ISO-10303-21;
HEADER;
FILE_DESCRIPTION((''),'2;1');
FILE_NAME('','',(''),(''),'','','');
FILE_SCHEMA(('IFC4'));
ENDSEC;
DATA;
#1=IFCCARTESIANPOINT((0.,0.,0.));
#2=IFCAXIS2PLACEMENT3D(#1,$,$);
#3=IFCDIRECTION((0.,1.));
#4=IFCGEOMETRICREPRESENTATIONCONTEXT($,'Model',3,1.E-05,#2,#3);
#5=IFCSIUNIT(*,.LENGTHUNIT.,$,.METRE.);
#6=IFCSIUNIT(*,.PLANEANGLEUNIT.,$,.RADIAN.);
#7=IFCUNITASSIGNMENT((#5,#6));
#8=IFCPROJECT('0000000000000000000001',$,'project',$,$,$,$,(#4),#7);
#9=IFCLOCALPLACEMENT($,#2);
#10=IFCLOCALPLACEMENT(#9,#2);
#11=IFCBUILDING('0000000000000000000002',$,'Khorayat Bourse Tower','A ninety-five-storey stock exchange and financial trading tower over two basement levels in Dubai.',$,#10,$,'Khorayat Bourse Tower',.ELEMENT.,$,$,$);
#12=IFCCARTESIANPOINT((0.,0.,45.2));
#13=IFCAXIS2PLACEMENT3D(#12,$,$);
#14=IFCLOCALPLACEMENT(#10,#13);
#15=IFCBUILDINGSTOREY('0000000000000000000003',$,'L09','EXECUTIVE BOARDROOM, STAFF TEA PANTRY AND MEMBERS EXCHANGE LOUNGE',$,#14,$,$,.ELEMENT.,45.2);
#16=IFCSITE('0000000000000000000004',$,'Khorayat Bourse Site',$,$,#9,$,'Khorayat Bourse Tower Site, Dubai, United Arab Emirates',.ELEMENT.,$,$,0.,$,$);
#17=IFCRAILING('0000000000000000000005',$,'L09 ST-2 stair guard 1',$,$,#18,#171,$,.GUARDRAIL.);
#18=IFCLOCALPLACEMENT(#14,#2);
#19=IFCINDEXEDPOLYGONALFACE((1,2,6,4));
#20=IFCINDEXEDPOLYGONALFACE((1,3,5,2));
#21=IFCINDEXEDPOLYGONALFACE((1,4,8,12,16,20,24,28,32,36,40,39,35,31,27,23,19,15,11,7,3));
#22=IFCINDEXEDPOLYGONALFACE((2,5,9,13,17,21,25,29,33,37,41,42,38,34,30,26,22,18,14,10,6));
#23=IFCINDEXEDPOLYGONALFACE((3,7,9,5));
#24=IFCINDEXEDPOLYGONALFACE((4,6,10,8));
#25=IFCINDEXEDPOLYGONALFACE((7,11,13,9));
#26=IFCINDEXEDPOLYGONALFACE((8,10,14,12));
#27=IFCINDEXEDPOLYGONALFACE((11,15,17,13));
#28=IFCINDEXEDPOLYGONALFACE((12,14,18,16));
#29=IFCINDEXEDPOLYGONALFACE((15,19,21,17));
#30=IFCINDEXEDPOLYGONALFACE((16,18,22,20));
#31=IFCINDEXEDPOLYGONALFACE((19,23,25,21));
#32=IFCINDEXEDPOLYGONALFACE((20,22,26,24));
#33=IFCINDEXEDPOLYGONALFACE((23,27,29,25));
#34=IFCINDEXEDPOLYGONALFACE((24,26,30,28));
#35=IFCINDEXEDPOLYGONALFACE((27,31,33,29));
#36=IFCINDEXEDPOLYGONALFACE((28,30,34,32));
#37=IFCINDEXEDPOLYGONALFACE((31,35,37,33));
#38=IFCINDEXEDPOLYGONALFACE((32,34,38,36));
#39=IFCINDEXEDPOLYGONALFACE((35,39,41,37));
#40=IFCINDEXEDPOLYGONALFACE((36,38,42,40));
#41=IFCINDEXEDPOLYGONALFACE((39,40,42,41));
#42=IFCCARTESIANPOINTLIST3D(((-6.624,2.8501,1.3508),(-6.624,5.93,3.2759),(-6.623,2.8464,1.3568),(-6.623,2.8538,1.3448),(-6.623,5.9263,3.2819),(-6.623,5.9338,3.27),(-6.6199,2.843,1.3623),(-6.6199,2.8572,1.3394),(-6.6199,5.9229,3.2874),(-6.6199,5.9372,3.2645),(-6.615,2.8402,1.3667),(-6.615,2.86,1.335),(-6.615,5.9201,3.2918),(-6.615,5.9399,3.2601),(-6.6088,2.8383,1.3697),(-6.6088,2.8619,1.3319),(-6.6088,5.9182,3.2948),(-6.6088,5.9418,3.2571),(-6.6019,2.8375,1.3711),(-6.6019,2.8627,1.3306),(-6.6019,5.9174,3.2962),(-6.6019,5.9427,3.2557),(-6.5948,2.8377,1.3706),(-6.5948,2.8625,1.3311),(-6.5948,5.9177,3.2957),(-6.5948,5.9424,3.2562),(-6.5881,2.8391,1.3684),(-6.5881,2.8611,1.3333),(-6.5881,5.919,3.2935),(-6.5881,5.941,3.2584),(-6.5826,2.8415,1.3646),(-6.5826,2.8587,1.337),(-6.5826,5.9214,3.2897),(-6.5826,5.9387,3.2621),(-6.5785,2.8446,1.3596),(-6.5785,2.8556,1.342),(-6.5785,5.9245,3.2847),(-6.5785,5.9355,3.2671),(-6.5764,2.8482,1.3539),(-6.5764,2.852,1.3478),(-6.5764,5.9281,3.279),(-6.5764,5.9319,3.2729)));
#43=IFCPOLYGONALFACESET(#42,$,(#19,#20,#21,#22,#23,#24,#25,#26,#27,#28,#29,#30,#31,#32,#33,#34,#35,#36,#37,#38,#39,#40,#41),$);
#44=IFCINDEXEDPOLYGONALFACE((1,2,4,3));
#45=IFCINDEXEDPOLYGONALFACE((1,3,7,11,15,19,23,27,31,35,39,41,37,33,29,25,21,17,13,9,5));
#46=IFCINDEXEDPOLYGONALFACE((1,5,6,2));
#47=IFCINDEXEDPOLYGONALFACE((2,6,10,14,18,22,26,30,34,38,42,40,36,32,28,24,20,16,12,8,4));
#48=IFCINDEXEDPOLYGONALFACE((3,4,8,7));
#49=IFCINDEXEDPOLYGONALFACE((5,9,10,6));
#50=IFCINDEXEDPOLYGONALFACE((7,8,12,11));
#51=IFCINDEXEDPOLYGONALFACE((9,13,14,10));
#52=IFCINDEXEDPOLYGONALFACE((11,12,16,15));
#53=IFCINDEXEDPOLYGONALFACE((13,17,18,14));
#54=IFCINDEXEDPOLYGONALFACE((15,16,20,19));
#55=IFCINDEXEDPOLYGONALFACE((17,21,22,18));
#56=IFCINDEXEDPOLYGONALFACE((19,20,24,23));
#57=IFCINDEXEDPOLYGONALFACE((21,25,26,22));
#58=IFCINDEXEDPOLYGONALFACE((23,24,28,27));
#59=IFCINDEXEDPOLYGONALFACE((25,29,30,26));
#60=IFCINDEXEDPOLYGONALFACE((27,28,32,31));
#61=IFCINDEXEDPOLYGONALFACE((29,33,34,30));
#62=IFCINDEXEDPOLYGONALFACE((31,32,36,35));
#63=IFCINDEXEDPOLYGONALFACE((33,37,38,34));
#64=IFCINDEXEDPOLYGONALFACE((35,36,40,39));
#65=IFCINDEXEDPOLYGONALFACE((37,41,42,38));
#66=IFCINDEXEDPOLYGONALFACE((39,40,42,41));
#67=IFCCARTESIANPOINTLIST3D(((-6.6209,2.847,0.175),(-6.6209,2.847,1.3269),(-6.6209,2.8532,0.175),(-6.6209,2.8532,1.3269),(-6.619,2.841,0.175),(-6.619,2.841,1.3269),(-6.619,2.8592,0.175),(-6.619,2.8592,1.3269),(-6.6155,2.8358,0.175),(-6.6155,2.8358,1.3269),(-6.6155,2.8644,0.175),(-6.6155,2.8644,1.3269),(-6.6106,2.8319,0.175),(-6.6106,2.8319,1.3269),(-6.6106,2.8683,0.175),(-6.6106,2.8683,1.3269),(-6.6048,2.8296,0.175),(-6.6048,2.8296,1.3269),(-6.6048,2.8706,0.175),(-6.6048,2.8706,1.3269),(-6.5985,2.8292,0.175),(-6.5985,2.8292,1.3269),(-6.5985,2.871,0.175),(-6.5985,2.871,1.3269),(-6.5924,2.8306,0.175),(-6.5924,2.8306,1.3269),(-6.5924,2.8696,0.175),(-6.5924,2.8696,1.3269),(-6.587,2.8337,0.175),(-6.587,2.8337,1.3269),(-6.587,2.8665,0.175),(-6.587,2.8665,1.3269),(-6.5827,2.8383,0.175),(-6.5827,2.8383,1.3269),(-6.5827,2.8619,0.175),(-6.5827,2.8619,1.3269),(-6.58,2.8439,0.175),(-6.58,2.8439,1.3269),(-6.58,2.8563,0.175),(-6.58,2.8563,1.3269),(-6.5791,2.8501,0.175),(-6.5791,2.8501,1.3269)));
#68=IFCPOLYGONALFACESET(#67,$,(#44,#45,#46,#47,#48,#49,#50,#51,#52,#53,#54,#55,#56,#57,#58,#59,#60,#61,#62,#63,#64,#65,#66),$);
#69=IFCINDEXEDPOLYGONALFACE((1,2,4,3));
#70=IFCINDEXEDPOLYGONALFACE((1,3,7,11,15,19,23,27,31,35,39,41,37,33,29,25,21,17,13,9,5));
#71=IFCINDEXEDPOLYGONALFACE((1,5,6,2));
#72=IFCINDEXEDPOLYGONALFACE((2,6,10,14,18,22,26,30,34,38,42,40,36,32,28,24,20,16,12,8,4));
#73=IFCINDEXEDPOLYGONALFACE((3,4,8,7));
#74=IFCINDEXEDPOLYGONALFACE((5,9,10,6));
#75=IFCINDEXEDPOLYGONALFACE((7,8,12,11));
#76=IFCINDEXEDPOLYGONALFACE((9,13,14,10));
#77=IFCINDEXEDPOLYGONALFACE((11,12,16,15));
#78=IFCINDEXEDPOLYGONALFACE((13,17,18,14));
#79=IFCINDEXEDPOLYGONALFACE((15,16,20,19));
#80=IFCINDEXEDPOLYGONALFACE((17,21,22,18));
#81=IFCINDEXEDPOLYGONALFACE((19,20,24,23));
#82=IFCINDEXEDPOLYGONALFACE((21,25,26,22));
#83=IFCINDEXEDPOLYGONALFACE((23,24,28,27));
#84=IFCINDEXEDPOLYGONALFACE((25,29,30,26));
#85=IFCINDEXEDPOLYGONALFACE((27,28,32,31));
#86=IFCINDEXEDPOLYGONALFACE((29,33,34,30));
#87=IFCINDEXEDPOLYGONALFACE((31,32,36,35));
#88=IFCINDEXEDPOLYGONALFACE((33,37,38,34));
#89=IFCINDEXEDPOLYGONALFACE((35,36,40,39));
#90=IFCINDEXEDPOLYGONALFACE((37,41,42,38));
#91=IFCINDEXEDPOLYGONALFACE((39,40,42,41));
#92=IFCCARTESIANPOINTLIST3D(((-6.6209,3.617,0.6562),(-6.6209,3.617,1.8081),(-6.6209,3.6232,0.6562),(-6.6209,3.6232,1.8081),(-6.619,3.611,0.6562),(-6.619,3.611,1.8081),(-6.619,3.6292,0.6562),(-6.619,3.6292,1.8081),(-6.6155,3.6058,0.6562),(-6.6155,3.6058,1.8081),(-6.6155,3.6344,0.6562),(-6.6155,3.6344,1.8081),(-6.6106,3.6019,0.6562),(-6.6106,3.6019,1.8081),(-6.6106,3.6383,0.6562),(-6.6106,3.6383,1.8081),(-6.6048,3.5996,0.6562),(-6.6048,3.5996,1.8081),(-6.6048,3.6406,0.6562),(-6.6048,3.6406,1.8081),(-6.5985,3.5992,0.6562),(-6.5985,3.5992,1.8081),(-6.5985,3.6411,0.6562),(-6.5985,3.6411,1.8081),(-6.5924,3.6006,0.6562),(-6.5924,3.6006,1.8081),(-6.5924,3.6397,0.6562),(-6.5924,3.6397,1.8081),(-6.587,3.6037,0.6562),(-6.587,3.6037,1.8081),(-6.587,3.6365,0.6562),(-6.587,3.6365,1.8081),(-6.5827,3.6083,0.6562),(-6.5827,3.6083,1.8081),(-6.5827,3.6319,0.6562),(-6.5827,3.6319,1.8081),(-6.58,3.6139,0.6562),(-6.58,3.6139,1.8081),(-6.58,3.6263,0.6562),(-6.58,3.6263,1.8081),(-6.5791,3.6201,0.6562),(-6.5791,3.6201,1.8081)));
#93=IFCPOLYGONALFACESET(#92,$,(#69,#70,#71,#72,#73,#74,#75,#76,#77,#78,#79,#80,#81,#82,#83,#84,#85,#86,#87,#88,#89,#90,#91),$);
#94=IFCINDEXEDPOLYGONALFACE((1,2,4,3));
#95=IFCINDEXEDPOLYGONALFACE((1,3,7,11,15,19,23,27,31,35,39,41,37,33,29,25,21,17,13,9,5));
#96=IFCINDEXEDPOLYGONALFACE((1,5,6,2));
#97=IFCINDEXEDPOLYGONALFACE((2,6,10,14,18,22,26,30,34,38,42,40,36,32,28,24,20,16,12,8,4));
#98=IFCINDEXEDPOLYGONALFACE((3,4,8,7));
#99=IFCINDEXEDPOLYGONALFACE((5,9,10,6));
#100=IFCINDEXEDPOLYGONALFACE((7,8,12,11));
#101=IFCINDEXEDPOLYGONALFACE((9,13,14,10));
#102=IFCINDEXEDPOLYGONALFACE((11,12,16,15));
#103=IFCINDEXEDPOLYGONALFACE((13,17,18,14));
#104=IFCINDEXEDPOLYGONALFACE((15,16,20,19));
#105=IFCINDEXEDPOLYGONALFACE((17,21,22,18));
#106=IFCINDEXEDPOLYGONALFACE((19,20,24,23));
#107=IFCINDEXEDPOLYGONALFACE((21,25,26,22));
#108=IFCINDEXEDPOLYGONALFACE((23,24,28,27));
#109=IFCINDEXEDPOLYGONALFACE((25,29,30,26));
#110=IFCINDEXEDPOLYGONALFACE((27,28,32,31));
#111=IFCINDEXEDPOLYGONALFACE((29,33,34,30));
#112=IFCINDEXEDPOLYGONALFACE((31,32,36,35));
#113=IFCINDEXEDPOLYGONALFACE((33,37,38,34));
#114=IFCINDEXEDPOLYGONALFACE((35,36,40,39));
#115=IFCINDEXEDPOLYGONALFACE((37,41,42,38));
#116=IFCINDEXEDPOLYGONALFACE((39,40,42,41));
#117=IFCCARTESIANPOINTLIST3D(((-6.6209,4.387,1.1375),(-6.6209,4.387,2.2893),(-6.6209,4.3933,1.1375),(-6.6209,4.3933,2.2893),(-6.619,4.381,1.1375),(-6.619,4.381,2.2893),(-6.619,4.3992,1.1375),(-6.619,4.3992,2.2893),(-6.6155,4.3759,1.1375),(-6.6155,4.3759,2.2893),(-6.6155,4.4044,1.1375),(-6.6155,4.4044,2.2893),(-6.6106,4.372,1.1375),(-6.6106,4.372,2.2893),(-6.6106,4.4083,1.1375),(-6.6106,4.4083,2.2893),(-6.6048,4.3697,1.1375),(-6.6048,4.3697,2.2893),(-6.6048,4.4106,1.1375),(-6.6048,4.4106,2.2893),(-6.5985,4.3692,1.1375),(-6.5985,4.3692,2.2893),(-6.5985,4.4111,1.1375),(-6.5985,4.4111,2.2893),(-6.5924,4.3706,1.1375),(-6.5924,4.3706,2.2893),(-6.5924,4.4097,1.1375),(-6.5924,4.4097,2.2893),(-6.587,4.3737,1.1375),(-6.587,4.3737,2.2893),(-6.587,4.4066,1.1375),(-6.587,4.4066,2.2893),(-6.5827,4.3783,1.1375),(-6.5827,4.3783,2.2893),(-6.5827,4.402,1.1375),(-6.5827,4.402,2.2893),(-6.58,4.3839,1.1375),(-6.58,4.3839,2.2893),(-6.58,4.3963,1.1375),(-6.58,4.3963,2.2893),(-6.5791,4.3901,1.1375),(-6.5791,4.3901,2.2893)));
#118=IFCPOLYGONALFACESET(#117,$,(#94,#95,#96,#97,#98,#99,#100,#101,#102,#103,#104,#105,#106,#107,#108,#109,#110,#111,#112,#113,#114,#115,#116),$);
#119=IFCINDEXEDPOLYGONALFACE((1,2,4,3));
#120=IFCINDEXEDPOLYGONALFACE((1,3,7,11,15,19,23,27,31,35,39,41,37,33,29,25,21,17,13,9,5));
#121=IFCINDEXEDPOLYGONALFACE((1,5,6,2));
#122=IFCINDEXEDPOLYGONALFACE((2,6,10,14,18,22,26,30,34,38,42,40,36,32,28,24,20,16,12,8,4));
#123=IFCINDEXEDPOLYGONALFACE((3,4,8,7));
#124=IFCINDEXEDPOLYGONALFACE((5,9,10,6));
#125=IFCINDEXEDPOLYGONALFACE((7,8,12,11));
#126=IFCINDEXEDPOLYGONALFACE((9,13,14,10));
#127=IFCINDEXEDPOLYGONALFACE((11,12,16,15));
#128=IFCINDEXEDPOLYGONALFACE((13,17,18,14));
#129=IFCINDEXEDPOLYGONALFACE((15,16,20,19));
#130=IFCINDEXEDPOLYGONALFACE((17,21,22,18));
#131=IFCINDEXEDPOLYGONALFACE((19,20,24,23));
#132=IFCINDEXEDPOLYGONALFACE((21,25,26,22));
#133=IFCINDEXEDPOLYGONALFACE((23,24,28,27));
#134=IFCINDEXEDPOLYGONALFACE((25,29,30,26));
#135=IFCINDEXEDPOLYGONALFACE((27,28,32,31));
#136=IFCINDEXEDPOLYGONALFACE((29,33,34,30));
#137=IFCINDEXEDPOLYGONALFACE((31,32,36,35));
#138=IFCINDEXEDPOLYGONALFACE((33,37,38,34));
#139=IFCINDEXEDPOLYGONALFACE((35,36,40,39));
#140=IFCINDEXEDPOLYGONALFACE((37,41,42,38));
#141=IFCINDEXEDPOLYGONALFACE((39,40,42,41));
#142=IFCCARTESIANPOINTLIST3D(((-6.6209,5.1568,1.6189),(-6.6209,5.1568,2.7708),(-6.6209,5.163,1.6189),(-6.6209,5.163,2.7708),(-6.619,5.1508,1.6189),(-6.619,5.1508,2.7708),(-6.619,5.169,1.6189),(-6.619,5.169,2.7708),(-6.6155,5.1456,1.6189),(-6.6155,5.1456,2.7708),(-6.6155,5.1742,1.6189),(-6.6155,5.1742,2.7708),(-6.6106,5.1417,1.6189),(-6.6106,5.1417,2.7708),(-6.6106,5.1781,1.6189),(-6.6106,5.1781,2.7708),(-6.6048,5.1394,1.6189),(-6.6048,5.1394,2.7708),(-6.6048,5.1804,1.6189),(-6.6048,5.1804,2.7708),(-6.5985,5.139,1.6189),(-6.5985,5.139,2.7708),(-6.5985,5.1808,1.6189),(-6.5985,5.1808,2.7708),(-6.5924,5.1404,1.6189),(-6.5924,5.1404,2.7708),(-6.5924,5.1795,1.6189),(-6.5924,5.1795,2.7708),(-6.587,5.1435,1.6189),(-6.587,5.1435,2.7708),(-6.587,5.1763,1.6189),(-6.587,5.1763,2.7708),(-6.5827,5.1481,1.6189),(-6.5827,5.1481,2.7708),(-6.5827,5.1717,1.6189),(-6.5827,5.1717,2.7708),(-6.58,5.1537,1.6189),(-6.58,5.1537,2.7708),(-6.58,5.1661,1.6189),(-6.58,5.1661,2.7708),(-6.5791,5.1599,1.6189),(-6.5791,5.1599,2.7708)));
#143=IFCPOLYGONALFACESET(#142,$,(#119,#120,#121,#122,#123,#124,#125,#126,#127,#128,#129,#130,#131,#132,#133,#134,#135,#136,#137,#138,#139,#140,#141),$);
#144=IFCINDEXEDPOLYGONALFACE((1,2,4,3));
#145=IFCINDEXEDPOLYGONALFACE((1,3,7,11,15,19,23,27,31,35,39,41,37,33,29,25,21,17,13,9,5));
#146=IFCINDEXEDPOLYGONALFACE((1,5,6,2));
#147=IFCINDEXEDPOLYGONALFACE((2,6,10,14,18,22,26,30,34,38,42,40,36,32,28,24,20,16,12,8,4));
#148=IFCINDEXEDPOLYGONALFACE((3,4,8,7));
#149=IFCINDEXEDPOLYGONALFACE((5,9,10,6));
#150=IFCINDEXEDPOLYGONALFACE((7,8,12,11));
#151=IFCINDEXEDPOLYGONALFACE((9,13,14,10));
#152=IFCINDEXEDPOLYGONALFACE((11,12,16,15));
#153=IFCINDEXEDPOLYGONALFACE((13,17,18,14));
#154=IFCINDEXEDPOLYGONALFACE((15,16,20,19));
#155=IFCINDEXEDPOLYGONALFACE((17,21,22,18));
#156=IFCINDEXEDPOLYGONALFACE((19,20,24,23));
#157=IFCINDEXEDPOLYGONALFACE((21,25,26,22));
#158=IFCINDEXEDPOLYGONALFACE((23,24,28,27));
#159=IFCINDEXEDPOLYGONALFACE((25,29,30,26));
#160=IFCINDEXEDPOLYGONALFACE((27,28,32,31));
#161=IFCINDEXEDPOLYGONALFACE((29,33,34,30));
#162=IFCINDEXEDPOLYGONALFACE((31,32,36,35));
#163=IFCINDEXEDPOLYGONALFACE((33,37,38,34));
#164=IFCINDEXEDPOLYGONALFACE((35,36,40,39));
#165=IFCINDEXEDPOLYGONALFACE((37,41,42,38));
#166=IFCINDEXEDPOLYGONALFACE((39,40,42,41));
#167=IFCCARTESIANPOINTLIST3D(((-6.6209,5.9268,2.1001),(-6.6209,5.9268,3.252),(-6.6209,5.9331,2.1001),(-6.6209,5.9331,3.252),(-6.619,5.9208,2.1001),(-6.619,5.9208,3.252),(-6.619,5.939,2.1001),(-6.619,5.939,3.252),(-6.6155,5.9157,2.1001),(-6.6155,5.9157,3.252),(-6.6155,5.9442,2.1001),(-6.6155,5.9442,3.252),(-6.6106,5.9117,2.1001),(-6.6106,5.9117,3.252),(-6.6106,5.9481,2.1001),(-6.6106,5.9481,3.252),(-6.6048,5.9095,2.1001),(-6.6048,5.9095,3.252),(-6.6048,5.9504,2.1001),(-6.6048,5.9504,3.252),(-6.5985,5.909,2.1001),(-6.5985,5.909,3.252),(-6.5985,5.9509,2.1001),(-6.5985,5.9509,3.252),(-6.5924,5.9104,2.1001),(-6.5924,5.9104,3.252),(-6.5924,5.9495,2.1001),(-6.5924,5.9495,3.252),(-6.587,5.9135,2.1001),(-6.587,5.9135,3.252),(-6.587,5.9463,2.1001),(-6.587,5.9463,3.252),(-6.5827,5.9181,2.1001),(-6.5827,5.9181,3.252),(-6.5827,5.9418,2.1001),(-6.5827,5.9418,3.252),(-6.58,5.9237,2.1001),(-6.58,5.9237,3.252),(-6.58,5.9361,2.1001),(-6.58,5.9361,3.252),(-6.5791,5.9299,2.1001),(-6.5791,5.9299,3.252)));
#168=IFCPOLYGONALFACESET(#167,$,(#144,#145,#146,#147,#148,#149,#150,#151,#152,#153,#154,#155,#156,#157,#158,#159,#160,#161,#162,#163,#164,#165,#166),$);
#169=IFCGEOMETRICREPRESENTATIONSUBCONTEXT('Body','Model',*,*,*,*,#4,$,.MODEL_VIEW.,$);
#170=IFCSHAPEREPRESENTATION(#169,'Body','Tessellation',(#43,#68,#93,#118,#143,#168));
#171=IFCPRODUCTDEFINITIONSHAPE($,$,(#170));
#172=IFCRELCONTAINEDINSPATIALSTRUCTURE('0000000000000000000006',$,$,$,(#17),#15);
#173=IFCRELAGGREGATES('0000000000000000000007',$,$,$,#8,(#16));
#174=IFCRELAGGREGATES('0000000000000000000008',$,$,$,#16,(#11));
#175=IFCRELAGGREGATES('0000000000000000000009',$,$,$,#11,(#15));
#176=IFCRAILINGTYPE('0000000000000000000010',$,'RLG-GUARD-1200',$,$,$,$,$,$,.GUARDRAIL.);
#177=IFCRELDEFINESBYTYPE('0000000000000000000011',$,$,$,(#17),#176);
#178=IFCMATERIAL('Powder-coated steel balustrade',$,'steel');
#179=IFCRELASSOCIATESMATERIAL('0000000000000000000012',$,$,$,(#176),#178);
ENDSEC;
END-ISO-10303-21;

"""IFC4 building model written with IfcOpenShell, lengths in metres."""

from ifc_helpers import new_model, si_unit, direction, frame, origin, origin_2d, place, context, subcontext, project, spatial, circle, extrude, source, transform, mapped, material, type_object, element, save


model = new_model("IFC4")

# Units and contexts
model_context = context("Model", 3, precision=1e-05, world=origin(), true_north=direction((0.0, 1.0)))
body_context = subcontext(model_context, "Body", "Model", "MODEL_VIEW")
ifc_project = project(units=[si_unit("LENGTHUNIT", "METRE"), si_unit("PLANEANGLEUNIT", "RADIAN")], contexts=[model_context])

# Site, building, storey
site_placement = place(None, origin())
site = spatial("IfcSite", under=ifc_project, at=site_placement, Name="Khorayat Bourse Site", LongName="Khorayat Bourse Tower Site, Dubai, United Arab Emirates", CompositionType="ELEMENT", RefElevation=0.0)
building_placement = place(site_placement, origin())
building = spatial("IfcBuilding", under=site, at=building_placement, Name="Khorayat Bourse Tower", Description="A ninety-five-storey stock exchange and financial trading tower over two basement levels in Dubai.", LongName="Khorayat Bourse Tower", CompositionType="ELEMENT")
storey_placement = place(building_placement, frame((0.0, 0.0, 45.2)))
storey = spatial("IfcBuildingStorey", under=building, at=storey_placement, Name="L09", Description="EXECUTIVE BOARDROOM, STAFF TEA PANTRY AND MEMBERS EXCHANGE LOUNGE", CompositionType="ELEMENT", Elevation=45.2)

# Railing
ifc_material_1 = material(Name="Powder-coated steel balustrade", Category="steel")
railing_type_1 = type_object("IfcRailingType", Name="RLG-GUARD-1200", PredefinedType="GUARDRAIL", material=ifc_material_1)
shared_shape_1 = source(origin(), body_context, "Body", "SweptSolid", [
    extrude(circle(Radius=0.0239, at=origin_2d()), frame((0.0, 0.0, 1.1758), z_axis=(0.0, 0.847979, 0.530029), x_axis=(-1.0, 0.0, 0.0)), (0.0, 0.0, 1.0), 3.6321),
    extrude(circle(Radius=0.021, at=origin_2d()), origin(), (0.0, 0.0, 1.0), 1.1519),
    extrude(circle(Radius=0.021, at=origin_2d()), frame((0.0, 0.77, 0.4812)), (0.0, 0.0, 1.0), 1.1519),
    extrude(circle(Radius=0.021, at=origin_2d()), frame((0.0, 1.54, 0.9624)), (0.0, 0.0, 1.0), 1.1519),
    extrude(circle(Radius=0.021, at=origin_2d()), frame((0.0, 2.3098, 1.4438)), (0.0, 0.0, 1.0), 1.1519),
    extrude(circle(Radius=0.021, at=origin_2d()), frame((0.0, 3.0798, 1.925)), (0.0, 0.0, 1.0), 1.1519),
])
railing_1_placement = place(storey_placement, frame((-6.6001, 2.8501, 0.175)))
element("IfcRailing", 1, at=railing_1_placement, inside=storey, type_object=railing_type_1, Name="L09 ST-2 stair guard 1", PredefinedType="GUARDRAIL", context=body_context, shape_type="MappedRepresentation", body=[
    mapped(shared_shape_1, transform((0.0, 0.0, 0.0), scale=1.0)),
])

save(model, "model.ifc")
